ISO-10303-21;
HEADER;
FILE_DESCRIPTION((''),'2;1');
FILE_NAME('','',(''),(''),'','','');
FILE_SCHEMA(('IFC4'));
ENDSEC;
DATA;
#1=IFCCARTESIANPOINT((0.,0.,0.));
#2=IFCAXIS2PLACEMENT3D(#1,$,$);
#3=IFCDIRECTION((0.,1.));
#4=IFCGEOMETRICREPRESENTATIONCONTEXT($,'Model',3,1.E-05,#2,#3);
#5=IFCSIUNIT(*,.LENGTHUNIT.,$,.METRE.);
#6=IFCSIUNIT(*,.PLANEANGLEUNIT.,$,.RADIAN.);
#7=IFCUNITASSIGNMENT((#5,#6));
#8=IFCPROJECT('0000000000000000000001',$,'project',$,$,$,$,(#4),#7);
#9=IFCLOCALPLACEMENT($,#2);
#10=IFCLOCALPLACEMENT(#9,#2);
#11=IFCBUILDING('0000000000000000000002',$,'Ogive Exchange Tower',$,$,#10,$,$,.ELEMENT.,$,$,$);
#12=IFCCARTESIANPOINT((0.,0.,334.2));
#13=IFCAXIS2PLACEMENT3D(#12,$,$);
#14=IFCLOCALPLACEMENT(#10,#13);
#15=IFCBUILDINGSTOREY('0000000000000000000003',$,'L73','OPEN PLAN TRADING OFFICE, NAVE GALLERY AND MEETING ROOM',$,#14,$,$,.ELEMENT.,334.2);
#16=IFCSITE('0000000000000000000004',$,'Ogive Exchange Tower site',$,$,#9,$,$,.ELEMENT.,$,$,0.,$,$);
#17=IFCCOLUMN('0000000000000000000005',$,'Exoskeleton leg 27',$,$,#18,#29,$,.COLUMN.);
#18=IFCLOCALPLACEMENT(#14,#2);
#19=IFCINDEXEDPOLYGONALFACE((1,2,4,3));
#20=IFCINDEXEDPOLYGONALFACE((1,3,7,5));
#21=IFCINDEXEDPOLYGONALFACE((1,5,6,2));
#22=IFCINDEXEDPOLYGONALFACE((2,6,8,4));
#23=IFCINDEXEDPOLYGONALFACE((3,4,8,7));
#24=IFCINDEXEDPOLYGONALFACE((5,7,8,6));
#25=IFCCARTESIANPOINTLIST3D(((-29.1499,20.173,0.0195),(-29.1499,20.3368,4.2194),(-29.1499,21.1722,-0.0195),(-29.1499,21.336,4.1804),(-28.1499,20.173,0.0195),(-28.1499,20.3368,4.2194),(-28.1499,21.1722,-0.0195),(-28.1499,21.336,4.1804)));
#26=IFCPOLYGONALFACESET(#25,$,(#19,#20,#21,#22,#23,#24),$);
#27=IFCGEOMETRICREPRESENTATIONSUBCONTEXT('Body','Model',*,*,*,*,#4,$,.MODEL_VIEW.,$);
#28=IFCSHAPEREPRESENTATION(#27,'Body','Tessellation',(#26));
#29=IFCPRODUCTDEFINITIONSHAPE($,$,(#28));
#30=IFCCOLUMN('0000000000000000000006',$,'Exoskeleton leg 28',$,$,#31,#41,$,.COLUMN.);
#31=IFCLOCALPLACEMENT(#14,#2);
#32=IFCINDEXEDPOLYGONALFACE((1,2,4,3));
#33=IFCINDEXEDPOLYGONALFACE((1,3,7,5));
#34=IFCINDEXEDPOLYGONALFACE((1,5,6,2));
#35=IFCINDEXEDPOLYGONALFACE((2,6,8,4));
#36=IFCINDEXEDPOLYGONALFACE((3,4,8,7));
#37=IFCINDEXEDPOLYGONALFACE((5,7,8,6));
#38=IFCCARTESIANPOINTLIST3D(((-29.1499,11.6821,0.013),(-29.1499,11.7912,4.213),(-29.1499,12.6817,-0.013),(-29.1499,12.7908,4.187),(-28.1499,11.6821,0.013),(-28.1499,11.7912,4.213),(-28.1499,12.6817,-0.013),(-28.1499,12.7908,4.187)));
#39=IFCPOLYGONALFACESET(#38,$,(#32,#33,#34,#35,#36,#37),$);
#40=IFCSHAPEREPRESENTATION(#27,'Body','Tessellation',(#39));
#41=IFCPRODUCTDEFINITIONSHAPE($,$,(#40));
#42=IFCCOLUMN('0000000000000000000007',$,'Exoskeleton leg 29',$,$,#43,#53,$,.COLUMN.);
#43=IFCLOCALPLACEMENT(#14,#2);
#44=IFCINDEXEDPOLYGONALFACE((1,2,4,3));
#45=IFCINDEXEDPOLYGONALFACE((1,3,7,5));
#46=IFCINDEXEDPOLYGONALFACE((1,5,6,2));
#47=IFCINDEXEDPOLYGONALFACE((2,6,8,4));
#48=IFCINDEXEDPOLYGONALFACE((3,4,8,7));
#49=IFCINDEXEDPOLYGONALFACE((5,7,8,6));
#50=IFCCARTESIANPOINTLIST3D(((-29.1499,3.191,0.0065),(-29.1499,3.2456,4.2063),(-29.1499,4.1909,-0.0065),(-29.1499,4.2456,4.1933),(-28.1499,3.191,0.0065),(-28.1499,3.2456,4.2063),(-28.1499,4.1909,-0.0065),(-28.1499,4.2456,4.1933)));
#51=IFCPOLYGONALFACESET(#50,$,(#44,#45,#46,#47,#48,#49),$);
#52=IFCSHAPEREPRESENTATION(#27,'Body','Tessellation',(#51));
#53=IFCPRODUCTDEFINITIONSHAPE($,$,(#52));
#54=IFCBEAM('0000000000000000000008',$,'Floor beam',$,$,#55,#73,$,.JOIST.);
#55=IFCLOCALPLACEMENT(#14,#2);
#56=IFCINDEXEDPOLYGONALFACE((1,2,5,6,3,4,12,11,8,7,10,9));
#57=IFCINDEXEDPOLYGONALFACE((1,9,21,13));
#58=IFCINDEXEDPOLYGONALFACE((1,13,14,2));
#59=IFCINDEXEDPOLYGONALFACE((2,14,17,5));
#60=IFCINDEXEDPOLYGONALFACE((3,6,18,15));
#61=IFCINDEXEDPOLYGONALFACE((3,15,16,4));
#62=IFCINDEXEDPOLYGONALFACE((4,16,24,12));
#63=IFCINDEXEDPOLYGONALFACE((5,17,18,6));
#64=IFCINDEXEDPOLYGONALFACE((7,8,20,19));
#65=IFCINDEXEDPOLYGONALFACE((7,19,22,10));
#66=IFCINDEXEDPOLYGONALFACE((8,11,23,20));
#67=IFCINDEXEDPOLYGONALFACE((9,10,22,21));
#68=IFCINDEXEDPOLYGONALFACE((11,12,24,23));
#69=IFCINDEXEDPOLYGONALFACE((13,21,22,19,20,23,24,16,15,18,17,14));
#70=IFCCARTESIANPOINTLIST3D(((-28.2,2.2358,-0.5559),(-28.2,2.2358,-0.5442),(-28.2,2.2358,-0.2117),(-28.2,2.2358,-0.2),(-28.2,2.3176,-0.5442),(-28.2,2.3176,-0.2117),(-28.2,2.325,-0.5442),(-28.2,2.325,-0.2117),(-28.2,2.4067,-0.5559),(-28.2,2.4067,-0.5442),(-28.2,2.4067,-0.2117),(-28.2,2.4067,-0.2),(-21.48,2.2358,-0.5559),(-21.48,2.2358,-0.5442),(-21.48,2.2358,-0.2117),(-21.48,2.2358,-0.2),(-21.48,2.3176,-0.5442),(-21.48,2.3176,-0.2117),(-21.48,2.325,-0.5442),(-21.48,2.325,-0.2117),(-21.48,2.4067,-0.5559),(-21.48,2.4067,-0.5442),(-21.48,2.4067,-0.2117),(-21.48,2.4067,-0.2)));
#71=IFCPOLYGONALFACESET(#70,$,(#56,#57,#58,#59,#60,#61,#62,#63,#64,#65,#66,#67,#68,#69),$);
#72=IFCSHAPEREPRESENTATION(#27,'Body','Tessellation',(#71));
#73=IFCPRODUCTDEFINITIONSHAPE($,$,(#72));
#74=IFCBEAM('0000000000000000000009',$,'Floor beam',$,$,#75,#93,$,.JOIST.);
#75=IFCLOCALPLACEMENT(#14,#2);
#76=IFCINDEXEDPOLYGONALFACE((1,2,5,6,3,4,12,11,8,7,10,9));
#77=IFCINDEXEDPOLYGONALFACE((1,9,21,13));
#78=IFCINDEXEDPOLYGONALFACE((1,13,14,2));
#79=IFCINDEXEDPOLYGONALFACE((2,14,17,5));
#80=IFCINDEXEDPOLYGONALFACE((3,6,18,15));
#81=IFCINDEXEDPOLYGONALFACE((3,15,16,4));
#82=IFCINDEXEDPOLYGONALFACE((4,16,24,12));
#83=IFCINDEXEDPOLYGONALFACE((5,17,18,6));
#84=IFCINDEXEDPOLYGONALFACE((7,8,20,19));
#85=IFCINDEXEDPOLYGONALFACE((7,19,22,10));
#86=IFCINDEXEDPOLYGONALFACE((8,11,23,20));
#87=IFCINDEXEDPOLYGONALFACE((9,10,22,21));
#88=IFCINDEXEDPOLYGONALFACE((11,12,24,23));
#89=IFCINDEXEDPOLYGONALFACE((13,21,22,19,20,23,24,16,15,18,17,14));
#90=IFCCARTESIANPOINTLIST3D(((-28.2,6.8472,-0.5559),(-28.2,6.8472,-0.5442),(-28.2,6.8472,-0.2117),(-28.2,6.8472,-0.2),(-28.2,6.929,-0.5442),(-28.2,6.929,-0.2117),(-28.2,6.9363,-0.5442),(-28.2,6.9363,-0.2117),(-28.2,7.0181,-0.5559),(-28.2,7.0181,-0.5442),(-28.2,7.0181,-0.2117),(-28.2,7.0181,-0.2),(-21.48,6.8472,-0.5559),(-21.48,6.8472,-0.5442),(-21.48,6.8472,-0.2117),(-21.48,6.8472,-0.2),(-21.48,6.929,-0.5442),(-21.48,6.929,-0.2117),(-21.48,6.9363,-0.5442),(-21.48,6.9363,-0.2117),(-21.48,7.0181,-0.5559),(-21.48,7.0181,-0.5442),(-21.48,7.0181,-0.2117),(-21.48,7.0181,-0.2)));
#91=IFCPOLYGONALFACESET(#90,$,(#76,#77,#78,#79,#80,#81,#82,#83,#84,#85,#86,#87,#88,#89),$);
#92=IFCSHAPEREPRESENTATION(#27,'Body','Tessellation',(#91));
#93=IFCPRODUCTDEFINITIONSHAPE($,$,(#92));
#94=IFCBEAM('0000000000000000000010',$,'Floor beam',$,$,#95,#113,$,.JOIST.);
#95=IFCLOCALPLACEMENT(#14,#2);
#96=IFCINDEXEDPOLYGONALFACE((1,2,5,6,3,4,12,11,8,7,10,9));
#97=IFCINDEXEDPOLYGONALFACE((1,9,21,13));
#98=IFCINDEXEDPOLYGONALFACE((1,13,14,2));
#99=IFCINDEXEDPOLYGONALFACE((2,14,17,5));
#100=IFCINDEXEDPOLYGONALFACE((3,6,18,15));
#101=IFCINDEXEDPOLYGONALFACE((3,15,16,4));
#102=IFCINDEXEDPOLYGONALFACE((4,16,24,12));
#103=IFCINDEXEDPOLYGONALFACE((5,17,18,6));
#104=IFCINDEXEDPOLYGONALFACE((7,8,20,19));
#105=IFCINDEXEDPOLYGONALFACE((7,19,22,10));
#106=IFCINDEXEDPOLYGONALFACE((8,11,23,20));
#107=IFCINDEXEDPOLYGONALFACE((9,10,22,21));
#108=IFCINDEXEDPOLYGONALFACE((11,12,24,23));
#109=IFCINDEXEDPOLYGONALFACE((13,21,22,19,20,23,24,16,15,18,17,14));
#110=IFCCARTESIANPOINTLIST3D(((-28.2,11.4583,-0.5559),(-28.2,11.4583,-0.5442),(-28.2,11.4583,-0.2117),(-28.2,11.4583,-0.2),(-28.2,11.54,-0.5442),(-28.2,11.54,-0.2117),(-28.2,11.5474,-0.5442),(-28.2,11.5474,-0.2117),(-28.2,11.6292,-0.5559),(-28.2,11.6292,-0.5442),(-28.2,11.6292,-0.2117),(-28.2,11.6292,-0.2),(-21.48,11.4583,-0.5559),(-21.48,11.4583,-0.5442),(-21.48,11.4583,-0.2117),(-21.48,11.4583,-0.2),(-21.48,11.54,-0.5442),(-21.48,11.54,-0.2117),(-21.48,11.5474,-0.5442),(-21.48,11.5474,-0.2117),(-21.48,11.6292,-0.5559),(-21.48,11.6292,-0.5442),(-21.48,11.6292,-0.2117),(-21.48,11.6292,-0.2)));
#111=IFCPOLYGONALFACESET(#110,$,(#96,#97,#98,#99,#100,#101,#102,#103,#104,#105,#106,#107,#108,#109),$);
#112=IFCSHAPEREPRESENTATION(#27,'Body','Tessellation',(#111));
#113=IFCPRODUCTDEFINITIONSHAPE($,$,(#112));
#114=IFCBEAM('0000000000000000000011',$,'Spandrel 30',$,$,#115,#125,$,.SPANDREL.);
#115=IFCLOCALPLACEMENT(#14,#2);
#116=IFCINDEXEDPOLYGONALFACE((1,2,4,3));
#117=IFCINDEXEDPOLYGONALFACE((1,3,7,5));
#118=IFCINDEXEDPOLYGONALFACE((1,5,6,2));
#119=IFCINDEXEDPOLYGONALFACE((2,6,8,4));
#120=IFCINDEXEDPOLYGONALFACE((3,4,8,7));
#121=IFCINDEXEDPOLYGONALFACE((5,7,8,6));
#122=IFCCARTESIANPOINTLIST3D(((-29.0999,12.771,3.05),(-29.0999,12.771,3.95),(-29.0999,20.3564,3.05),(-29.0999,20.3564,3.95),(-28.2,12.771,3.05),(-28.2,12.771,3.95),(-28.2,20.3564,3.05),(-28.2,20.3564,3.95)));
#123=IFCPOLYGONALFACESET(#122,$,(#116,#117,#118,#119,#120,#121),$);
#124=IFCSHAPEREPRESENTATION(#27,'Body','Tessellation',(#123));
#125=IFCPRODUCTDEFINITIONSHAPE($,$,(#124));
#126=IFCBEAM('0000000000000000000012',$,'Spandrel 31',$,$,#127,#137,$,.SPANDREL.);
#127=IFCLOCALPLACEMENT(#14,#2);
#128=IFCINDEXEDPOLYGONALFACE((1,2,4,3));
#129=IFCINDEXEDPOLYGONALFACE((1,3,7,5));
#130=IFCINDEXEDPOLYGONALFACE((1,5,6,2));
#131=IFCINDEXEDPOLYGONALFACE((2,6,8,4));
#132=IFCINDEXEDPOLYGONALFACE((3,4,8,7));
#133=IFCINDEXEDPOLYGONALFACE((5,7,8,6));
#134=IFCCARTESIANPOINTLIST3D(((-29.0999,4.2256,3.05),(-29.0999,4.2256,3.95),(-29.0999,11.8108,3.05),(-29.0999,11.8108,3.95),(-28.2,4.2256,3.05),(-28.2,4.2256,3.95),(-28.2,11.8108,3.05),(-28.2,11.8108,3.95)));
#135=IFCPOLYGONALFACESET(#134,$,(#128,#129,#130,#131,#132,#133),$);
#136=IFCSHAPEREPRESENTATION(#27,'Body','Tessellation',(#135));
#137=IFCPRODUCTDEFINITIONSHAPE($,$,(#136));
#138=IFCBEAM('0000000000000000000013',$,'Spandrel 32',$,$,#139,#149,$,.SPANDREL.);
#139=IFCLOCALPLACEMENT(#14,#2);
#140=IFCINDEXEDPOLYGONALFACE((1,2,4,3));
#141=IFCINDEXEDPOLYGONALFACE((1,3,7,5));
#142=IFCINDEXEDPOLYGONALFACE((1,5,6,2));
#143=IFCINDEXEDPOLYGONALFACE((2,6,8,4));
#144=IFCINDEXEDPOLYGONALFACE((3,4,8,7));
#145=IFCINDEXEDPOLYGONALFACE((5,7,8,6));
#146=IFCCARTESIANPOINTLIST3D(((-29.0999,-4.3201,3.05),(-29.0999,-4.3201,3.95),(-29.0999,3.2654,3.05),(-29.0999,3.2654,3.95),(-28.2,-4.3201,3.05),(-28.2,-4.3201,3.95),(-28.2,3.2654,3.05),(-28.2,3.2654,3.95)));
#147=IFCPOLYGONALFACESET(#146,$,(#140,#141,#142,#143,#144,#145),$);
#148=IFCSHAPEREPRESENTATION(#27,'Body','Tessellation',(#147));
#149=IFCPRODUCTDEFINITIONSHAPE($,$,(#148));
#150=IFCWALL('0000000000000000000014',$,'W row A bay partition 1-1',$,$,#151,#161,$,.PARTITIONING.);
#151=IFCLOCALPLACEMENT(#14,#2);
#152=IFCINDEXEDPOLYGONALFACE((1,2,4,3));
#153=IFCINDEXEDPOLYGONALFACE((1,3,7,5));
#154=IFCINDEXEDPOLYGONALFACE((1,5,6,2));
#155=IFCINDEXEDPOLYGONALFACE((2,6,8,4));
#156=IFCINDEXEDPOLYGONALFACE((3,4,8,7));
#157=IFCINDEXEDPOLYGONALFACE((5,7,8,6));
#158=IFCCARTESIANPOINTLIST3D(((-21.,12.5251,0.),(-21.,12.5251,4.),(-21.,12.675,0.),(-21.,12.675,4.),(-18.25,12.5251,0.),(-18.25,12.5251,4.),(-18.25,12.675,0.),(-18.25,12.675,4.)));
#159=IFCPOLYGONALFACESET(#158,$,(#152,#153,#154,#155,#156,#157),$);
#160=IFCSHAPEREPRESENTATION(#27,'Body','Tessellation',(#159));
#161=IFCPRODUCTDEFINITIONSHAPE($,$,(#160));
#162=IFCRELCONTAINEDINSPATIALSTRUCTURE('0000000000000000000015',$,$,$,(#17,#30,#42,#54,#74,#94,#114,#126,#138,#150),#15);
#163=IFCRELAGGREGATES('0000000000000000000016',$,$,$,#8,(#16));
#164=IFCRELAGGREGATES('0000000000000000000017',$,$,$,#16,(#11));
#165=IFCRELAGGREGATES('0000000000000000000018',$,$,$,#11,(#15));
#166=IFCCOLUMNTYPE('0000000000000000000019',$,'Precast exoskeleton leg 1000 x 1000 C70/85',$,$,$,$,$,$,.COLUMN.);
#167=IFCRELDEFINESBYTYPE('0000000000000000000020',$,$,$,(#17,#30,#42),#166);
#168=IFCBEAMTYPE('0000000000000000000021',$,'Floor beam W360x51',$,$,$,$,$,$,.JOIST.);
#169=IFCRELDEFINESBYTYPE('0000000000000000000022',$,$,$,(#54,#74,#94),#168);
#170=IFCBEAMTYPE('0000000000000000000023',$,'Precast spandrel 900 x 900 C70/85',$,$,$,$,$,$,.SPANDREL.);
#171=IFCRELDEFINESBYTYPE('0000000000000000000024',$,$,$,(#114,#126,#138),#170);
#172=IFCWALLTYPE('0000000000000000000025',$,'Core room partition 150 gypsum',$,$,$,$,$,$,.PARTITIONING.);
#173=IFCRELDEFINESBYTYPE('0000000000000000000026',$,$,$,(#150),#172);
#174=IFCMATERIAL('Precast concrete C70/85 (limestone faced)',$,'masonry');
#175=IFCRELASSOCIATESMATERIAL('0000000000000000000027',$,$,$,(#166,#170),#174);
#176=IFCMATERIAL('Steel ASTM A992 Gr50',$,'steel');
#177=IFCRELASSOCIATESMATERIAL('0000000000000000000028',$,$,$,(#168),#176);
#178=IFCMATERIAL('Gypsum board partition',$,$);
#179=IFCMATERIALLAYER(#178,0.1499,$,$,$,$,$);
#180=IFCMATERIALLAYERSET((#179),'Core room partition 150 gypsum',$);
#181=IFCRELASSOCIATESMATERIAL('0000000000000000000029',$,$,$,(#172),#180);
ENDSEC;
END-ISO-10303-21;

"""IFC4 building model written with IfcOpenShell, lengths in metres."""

from ifc_helpers import new_model, si_unit, direction, frame, frame_2d, origin, origin_2d, place, context, subcontext, project, spatial, rectangle, i_section, extrude, material, layer, layer_set, material_profile, profile_set, type_object, element, save


model = new_model("IFC4")

# Units and contexts
model_context = context("Model", 3, precision=1e-05, world=origin(), true_north=direction((0.0, 1.0)))
body_context = subcontext(model_context, "Body", "Model", "MODEL_VIEW")
ifc_project = project(units=[si_unit("LENGTHUNIT", "METRE"), si_unit("PLANEANGLEUNIT", "RADIAN")], contexts=[model_context])

# Site, building, storey
site_placement = place(None, origin())
site = spatial("IfcSite", under=ifc_project, at=site_placement, Name="Ogive Exchange Tower site", CompositionType="ELEMENT", RefElevation=0.0)
building_placement = place(site_placement, origin())
building = spatial("IfcBuilding", under=site, at=building_placement, Name="Ogive Exchange Tower", CompositionType="ELEMENT")
storey_placement = place(building_placement, frame((0.0, 0.0, 334.2)))
storey = spatial("IfcBuildingStorey", under=building, at=storey_placement, Name="L73", Description="OPEN PLAN TRADING OFFICE, NAVE GALLERY AND MEETING ROOM", CompositionType="ELEMENT", Elevation=334.2)

# Columns
ifc_material_1 = material(Name="Precast concrete C70/85 (limestone faced)", Category="masonry")
ifc_material_profile_1 = material_profile(ifc_material_1, rectangle(XDim=1.0, YDim=1.0, at=origin_2d()), Name="1000 x 1000")
ifc_profile_set_1 = profile_set([ifc_material_profile_1], Name="Precast concrete C70/85 (limestone faced)")
column_type = type_object("IfcColumnType", Name="Precast exoskeleton leg 1000 x 1000 C70/85", PredefinedType="COLUMN", material=ifc_profile_set_1)
column_1_placement = place(storey_placement, frame((-28.6499, 20.6726, 0.0), z_axis=(0.0, 0.038975, 0.99924), x_axis=(-1.0, 0.0, 0.0)))
element("IfcColumn", 1, at=column_1_placement, inside=storey, type_object=column_type, Name="Exoskeleton leg 27", PredefinedType="COLUMN", context=body_context, shape_type="SweptSolid", body=[
    extrude(rectangle(XDim=1.0, YDim=1.0, at=origin_2d()), origin(), (0.0, 0.0, 1.0), 4.2031),
])
column_2_placement = place(storey_placement, frame((-28.6499, 12.1819, 0.0), z_axis=(0.0, 0.025975, 0.999663), x_axis=(-1.0, 0.0, 0.0)))
element("IfcColumn", 2, at=column_2_placement, inside=storey, type_object=column_type, Name="Exoskeleton leg 28", PredefinedType="COLUMN", context=body_context, shape_type="SweptSolid", body=[
    extrude(rectangle(XDim=1.0, YDim=1.0, at=origin_2d()), origin(), (0.0, 0.0, 1.0), 4.2014),
])
column_3_placement = place(storey_placement, frame((-28.6499, 3.6909, 0.0), z_axis=(0.0, 0.01302, 0.999915), x_axis=(-1.0, 0.0, 0.0)))
element("IfcColumn", 3, at=column_3_placement, inside=storey, type_object=column_type, Name="Exoskeleton leg 29", PredefinedType="COLUMN", context=body_context, shape_type="SweptSolid", body=[
    extrude(rectangle(XDim=1.0, YDim=1.0, at=origin_2d()), origin(), (0.0, 0.0, 1.0), 4.2002),
])

# Beams
ifc_material_2 = material(Name="Steel ASTM A992 Gr50", Category="steel")
ifc_material_profile_2 = material_profile(ifc_material_2, i_section(OverallWidth=0.1709, OverallDepth=0.356, WebThickness=0.0073, FlangeThickness=0.0117, at=origin_2d()), Name="W360x51")
ifc_profile_set_2 = profile_set([ifc_material_profile_2], Name="Steel ASTM A992 Gr50")
beam_type_1 = type_object("IfcBeamType", Name="Floor beam W360x51", PredefinedType="JOIST", material=ifc_profile_set_2)
for number, where, z_axis, x_axis, name in (
    (4, (-28.2, 2.3213, -0.3779), (1.0, 0.0, 0.0), (0.0, 1.0, 0.0), "Floor beam"),
    (5, (-28.2, 6.9326, -0.3779), (1.0, 0.0, 0.0), (0.0, 1.0, 0.0), "Floor beam"),
    (6, (-28.2, 11.5437, -0.3779), (1.0, 0.0, 0.0), (0.0, 1.0, 0.0), "Floor beam"),
):
    element("IfcBeam", number, at=place(storey_placement, frame(where, z_axis=z_axis, x_axis=x_axis)), inside=storey, type_object=beam_type_1, Name=name, PredefinedType="JOIST", context=body_context, shape_type="SweptSolid", body=[
        extrude(i_section(OverallWidth=0.1709, OverallDepth=0.356, WebThickness=0.0073, FlangeThickness=0.0117, at=origin_2d()), origin(), (0.0, 0.0, 1.0), 6.72),
    ])
ifc_material_profile_3 = material_profile(ifc_material_1, rectangle(XDim=0.8999, YDim=0.8999, at=origin_2d()), Name="900 x 900")
ifc_profile_set_3 = profile_set([ifc_material_profile_3], Name="Precast concrete C70/85 (limestone faced)")
beam_type_2 = type_object("IfcBeamType", Name="Precast spandrel 900 x 900 C70/85", PredefinedType="SPANDREL", material=ifc_profile_set_3)
beam_1_placement = place(storey_placement, frame((-28.6499, 20.3564, 3.5), z_axis=(0.0, -1.0, 0.0), x_axis=(1.0, 0.0, 0.0)))
element("IfcBeam", 7, at=beam_1_placement, inside=storey, type_object=beam_type_2, Name="Spandrel 30", PredefinedType="SPANDREL", context=body_context, shape_type="SweptSolid", body=[
    extrude(rectangle(XDim=0.8999, YDim=0.8999, at=origin_2d()), origin(), (0.0, 0.0, 1.0), 7.5854),
])
beam_2_placement = place(storey_placement, frame((-28.6499, 11.8108, 3.5), z_axis=(0.0, -1.0, 0.0), x_axis=(1.0, 0.0, 0.0)))
element("IfcBeam", 8, at=beam_2_placement, inside=storey, type_object=beam_type_2, Name="Spandrel 31", PredefinedType="SPANDREL", context=body_context, shape_type="SweptSolid", body=[
    extrude(rectangle(XDim=0.8999, YDim=0.8999, at=origin_2d()), origin(), (0.0, 0.0, 1.0), 7.5852),
])
beam_3_placement = place(storey_placement, frame((-28.6499, 3.2654, 3.5), z_axis=(0.0, -1.0, 0.0), x_axis=(1.0, 0.0, 0.0)))
element("IfcBeam", 9, at=beam_3_placement, inside=storey, type_object=beam_type_2, Name="Spandrel 32", PredefinedType="SPANDREL", context=body_context, shape_type="SweptSolid", body=[
    extrude(rectangle(XDim=0.8999, YDim=0.8999, at=origin_2d()), origin(), (0.0, 0.0, 1.0), 7.5854),
])

# Wall
ifc_material_3 = material(Name="Gypsum board partition")
ifc_layer_1 = layer(ifc_material_3, 0.1499)
ifc_layer_set_1 = layer_set([ifc_layer_1], Name="Core room partition 150 gypsum")
wall_type_1 = type_object("IfcWallType", Name="Core room partition 150 gypsum", PredefinedType="PARTITIONING", material=ifc_layer_set_1)
wall_1_placement = place(storey_placement, frame((-21.0, 12.6001, 0.0), z_axis=(0.0, 0.0, 1.0), x_axis=(1.0, 0.0, 0.0)))
element("IfcWall", 10, at=wall_1_placement, inside=storey, type_object=wall_type_1, Name="W row A bay partition 1-1", PredefinedType="PARTITIONING", context=body_context, shape_type="SweptSolid", body=[
    extrude(rectangle(XDim=2.75, YDim=0.1499, at=frame_2d((1.375, 0.0))), origin(), (0.0, 0.0, 1.0), 4.0),
])

save(model, "model.ifc")
